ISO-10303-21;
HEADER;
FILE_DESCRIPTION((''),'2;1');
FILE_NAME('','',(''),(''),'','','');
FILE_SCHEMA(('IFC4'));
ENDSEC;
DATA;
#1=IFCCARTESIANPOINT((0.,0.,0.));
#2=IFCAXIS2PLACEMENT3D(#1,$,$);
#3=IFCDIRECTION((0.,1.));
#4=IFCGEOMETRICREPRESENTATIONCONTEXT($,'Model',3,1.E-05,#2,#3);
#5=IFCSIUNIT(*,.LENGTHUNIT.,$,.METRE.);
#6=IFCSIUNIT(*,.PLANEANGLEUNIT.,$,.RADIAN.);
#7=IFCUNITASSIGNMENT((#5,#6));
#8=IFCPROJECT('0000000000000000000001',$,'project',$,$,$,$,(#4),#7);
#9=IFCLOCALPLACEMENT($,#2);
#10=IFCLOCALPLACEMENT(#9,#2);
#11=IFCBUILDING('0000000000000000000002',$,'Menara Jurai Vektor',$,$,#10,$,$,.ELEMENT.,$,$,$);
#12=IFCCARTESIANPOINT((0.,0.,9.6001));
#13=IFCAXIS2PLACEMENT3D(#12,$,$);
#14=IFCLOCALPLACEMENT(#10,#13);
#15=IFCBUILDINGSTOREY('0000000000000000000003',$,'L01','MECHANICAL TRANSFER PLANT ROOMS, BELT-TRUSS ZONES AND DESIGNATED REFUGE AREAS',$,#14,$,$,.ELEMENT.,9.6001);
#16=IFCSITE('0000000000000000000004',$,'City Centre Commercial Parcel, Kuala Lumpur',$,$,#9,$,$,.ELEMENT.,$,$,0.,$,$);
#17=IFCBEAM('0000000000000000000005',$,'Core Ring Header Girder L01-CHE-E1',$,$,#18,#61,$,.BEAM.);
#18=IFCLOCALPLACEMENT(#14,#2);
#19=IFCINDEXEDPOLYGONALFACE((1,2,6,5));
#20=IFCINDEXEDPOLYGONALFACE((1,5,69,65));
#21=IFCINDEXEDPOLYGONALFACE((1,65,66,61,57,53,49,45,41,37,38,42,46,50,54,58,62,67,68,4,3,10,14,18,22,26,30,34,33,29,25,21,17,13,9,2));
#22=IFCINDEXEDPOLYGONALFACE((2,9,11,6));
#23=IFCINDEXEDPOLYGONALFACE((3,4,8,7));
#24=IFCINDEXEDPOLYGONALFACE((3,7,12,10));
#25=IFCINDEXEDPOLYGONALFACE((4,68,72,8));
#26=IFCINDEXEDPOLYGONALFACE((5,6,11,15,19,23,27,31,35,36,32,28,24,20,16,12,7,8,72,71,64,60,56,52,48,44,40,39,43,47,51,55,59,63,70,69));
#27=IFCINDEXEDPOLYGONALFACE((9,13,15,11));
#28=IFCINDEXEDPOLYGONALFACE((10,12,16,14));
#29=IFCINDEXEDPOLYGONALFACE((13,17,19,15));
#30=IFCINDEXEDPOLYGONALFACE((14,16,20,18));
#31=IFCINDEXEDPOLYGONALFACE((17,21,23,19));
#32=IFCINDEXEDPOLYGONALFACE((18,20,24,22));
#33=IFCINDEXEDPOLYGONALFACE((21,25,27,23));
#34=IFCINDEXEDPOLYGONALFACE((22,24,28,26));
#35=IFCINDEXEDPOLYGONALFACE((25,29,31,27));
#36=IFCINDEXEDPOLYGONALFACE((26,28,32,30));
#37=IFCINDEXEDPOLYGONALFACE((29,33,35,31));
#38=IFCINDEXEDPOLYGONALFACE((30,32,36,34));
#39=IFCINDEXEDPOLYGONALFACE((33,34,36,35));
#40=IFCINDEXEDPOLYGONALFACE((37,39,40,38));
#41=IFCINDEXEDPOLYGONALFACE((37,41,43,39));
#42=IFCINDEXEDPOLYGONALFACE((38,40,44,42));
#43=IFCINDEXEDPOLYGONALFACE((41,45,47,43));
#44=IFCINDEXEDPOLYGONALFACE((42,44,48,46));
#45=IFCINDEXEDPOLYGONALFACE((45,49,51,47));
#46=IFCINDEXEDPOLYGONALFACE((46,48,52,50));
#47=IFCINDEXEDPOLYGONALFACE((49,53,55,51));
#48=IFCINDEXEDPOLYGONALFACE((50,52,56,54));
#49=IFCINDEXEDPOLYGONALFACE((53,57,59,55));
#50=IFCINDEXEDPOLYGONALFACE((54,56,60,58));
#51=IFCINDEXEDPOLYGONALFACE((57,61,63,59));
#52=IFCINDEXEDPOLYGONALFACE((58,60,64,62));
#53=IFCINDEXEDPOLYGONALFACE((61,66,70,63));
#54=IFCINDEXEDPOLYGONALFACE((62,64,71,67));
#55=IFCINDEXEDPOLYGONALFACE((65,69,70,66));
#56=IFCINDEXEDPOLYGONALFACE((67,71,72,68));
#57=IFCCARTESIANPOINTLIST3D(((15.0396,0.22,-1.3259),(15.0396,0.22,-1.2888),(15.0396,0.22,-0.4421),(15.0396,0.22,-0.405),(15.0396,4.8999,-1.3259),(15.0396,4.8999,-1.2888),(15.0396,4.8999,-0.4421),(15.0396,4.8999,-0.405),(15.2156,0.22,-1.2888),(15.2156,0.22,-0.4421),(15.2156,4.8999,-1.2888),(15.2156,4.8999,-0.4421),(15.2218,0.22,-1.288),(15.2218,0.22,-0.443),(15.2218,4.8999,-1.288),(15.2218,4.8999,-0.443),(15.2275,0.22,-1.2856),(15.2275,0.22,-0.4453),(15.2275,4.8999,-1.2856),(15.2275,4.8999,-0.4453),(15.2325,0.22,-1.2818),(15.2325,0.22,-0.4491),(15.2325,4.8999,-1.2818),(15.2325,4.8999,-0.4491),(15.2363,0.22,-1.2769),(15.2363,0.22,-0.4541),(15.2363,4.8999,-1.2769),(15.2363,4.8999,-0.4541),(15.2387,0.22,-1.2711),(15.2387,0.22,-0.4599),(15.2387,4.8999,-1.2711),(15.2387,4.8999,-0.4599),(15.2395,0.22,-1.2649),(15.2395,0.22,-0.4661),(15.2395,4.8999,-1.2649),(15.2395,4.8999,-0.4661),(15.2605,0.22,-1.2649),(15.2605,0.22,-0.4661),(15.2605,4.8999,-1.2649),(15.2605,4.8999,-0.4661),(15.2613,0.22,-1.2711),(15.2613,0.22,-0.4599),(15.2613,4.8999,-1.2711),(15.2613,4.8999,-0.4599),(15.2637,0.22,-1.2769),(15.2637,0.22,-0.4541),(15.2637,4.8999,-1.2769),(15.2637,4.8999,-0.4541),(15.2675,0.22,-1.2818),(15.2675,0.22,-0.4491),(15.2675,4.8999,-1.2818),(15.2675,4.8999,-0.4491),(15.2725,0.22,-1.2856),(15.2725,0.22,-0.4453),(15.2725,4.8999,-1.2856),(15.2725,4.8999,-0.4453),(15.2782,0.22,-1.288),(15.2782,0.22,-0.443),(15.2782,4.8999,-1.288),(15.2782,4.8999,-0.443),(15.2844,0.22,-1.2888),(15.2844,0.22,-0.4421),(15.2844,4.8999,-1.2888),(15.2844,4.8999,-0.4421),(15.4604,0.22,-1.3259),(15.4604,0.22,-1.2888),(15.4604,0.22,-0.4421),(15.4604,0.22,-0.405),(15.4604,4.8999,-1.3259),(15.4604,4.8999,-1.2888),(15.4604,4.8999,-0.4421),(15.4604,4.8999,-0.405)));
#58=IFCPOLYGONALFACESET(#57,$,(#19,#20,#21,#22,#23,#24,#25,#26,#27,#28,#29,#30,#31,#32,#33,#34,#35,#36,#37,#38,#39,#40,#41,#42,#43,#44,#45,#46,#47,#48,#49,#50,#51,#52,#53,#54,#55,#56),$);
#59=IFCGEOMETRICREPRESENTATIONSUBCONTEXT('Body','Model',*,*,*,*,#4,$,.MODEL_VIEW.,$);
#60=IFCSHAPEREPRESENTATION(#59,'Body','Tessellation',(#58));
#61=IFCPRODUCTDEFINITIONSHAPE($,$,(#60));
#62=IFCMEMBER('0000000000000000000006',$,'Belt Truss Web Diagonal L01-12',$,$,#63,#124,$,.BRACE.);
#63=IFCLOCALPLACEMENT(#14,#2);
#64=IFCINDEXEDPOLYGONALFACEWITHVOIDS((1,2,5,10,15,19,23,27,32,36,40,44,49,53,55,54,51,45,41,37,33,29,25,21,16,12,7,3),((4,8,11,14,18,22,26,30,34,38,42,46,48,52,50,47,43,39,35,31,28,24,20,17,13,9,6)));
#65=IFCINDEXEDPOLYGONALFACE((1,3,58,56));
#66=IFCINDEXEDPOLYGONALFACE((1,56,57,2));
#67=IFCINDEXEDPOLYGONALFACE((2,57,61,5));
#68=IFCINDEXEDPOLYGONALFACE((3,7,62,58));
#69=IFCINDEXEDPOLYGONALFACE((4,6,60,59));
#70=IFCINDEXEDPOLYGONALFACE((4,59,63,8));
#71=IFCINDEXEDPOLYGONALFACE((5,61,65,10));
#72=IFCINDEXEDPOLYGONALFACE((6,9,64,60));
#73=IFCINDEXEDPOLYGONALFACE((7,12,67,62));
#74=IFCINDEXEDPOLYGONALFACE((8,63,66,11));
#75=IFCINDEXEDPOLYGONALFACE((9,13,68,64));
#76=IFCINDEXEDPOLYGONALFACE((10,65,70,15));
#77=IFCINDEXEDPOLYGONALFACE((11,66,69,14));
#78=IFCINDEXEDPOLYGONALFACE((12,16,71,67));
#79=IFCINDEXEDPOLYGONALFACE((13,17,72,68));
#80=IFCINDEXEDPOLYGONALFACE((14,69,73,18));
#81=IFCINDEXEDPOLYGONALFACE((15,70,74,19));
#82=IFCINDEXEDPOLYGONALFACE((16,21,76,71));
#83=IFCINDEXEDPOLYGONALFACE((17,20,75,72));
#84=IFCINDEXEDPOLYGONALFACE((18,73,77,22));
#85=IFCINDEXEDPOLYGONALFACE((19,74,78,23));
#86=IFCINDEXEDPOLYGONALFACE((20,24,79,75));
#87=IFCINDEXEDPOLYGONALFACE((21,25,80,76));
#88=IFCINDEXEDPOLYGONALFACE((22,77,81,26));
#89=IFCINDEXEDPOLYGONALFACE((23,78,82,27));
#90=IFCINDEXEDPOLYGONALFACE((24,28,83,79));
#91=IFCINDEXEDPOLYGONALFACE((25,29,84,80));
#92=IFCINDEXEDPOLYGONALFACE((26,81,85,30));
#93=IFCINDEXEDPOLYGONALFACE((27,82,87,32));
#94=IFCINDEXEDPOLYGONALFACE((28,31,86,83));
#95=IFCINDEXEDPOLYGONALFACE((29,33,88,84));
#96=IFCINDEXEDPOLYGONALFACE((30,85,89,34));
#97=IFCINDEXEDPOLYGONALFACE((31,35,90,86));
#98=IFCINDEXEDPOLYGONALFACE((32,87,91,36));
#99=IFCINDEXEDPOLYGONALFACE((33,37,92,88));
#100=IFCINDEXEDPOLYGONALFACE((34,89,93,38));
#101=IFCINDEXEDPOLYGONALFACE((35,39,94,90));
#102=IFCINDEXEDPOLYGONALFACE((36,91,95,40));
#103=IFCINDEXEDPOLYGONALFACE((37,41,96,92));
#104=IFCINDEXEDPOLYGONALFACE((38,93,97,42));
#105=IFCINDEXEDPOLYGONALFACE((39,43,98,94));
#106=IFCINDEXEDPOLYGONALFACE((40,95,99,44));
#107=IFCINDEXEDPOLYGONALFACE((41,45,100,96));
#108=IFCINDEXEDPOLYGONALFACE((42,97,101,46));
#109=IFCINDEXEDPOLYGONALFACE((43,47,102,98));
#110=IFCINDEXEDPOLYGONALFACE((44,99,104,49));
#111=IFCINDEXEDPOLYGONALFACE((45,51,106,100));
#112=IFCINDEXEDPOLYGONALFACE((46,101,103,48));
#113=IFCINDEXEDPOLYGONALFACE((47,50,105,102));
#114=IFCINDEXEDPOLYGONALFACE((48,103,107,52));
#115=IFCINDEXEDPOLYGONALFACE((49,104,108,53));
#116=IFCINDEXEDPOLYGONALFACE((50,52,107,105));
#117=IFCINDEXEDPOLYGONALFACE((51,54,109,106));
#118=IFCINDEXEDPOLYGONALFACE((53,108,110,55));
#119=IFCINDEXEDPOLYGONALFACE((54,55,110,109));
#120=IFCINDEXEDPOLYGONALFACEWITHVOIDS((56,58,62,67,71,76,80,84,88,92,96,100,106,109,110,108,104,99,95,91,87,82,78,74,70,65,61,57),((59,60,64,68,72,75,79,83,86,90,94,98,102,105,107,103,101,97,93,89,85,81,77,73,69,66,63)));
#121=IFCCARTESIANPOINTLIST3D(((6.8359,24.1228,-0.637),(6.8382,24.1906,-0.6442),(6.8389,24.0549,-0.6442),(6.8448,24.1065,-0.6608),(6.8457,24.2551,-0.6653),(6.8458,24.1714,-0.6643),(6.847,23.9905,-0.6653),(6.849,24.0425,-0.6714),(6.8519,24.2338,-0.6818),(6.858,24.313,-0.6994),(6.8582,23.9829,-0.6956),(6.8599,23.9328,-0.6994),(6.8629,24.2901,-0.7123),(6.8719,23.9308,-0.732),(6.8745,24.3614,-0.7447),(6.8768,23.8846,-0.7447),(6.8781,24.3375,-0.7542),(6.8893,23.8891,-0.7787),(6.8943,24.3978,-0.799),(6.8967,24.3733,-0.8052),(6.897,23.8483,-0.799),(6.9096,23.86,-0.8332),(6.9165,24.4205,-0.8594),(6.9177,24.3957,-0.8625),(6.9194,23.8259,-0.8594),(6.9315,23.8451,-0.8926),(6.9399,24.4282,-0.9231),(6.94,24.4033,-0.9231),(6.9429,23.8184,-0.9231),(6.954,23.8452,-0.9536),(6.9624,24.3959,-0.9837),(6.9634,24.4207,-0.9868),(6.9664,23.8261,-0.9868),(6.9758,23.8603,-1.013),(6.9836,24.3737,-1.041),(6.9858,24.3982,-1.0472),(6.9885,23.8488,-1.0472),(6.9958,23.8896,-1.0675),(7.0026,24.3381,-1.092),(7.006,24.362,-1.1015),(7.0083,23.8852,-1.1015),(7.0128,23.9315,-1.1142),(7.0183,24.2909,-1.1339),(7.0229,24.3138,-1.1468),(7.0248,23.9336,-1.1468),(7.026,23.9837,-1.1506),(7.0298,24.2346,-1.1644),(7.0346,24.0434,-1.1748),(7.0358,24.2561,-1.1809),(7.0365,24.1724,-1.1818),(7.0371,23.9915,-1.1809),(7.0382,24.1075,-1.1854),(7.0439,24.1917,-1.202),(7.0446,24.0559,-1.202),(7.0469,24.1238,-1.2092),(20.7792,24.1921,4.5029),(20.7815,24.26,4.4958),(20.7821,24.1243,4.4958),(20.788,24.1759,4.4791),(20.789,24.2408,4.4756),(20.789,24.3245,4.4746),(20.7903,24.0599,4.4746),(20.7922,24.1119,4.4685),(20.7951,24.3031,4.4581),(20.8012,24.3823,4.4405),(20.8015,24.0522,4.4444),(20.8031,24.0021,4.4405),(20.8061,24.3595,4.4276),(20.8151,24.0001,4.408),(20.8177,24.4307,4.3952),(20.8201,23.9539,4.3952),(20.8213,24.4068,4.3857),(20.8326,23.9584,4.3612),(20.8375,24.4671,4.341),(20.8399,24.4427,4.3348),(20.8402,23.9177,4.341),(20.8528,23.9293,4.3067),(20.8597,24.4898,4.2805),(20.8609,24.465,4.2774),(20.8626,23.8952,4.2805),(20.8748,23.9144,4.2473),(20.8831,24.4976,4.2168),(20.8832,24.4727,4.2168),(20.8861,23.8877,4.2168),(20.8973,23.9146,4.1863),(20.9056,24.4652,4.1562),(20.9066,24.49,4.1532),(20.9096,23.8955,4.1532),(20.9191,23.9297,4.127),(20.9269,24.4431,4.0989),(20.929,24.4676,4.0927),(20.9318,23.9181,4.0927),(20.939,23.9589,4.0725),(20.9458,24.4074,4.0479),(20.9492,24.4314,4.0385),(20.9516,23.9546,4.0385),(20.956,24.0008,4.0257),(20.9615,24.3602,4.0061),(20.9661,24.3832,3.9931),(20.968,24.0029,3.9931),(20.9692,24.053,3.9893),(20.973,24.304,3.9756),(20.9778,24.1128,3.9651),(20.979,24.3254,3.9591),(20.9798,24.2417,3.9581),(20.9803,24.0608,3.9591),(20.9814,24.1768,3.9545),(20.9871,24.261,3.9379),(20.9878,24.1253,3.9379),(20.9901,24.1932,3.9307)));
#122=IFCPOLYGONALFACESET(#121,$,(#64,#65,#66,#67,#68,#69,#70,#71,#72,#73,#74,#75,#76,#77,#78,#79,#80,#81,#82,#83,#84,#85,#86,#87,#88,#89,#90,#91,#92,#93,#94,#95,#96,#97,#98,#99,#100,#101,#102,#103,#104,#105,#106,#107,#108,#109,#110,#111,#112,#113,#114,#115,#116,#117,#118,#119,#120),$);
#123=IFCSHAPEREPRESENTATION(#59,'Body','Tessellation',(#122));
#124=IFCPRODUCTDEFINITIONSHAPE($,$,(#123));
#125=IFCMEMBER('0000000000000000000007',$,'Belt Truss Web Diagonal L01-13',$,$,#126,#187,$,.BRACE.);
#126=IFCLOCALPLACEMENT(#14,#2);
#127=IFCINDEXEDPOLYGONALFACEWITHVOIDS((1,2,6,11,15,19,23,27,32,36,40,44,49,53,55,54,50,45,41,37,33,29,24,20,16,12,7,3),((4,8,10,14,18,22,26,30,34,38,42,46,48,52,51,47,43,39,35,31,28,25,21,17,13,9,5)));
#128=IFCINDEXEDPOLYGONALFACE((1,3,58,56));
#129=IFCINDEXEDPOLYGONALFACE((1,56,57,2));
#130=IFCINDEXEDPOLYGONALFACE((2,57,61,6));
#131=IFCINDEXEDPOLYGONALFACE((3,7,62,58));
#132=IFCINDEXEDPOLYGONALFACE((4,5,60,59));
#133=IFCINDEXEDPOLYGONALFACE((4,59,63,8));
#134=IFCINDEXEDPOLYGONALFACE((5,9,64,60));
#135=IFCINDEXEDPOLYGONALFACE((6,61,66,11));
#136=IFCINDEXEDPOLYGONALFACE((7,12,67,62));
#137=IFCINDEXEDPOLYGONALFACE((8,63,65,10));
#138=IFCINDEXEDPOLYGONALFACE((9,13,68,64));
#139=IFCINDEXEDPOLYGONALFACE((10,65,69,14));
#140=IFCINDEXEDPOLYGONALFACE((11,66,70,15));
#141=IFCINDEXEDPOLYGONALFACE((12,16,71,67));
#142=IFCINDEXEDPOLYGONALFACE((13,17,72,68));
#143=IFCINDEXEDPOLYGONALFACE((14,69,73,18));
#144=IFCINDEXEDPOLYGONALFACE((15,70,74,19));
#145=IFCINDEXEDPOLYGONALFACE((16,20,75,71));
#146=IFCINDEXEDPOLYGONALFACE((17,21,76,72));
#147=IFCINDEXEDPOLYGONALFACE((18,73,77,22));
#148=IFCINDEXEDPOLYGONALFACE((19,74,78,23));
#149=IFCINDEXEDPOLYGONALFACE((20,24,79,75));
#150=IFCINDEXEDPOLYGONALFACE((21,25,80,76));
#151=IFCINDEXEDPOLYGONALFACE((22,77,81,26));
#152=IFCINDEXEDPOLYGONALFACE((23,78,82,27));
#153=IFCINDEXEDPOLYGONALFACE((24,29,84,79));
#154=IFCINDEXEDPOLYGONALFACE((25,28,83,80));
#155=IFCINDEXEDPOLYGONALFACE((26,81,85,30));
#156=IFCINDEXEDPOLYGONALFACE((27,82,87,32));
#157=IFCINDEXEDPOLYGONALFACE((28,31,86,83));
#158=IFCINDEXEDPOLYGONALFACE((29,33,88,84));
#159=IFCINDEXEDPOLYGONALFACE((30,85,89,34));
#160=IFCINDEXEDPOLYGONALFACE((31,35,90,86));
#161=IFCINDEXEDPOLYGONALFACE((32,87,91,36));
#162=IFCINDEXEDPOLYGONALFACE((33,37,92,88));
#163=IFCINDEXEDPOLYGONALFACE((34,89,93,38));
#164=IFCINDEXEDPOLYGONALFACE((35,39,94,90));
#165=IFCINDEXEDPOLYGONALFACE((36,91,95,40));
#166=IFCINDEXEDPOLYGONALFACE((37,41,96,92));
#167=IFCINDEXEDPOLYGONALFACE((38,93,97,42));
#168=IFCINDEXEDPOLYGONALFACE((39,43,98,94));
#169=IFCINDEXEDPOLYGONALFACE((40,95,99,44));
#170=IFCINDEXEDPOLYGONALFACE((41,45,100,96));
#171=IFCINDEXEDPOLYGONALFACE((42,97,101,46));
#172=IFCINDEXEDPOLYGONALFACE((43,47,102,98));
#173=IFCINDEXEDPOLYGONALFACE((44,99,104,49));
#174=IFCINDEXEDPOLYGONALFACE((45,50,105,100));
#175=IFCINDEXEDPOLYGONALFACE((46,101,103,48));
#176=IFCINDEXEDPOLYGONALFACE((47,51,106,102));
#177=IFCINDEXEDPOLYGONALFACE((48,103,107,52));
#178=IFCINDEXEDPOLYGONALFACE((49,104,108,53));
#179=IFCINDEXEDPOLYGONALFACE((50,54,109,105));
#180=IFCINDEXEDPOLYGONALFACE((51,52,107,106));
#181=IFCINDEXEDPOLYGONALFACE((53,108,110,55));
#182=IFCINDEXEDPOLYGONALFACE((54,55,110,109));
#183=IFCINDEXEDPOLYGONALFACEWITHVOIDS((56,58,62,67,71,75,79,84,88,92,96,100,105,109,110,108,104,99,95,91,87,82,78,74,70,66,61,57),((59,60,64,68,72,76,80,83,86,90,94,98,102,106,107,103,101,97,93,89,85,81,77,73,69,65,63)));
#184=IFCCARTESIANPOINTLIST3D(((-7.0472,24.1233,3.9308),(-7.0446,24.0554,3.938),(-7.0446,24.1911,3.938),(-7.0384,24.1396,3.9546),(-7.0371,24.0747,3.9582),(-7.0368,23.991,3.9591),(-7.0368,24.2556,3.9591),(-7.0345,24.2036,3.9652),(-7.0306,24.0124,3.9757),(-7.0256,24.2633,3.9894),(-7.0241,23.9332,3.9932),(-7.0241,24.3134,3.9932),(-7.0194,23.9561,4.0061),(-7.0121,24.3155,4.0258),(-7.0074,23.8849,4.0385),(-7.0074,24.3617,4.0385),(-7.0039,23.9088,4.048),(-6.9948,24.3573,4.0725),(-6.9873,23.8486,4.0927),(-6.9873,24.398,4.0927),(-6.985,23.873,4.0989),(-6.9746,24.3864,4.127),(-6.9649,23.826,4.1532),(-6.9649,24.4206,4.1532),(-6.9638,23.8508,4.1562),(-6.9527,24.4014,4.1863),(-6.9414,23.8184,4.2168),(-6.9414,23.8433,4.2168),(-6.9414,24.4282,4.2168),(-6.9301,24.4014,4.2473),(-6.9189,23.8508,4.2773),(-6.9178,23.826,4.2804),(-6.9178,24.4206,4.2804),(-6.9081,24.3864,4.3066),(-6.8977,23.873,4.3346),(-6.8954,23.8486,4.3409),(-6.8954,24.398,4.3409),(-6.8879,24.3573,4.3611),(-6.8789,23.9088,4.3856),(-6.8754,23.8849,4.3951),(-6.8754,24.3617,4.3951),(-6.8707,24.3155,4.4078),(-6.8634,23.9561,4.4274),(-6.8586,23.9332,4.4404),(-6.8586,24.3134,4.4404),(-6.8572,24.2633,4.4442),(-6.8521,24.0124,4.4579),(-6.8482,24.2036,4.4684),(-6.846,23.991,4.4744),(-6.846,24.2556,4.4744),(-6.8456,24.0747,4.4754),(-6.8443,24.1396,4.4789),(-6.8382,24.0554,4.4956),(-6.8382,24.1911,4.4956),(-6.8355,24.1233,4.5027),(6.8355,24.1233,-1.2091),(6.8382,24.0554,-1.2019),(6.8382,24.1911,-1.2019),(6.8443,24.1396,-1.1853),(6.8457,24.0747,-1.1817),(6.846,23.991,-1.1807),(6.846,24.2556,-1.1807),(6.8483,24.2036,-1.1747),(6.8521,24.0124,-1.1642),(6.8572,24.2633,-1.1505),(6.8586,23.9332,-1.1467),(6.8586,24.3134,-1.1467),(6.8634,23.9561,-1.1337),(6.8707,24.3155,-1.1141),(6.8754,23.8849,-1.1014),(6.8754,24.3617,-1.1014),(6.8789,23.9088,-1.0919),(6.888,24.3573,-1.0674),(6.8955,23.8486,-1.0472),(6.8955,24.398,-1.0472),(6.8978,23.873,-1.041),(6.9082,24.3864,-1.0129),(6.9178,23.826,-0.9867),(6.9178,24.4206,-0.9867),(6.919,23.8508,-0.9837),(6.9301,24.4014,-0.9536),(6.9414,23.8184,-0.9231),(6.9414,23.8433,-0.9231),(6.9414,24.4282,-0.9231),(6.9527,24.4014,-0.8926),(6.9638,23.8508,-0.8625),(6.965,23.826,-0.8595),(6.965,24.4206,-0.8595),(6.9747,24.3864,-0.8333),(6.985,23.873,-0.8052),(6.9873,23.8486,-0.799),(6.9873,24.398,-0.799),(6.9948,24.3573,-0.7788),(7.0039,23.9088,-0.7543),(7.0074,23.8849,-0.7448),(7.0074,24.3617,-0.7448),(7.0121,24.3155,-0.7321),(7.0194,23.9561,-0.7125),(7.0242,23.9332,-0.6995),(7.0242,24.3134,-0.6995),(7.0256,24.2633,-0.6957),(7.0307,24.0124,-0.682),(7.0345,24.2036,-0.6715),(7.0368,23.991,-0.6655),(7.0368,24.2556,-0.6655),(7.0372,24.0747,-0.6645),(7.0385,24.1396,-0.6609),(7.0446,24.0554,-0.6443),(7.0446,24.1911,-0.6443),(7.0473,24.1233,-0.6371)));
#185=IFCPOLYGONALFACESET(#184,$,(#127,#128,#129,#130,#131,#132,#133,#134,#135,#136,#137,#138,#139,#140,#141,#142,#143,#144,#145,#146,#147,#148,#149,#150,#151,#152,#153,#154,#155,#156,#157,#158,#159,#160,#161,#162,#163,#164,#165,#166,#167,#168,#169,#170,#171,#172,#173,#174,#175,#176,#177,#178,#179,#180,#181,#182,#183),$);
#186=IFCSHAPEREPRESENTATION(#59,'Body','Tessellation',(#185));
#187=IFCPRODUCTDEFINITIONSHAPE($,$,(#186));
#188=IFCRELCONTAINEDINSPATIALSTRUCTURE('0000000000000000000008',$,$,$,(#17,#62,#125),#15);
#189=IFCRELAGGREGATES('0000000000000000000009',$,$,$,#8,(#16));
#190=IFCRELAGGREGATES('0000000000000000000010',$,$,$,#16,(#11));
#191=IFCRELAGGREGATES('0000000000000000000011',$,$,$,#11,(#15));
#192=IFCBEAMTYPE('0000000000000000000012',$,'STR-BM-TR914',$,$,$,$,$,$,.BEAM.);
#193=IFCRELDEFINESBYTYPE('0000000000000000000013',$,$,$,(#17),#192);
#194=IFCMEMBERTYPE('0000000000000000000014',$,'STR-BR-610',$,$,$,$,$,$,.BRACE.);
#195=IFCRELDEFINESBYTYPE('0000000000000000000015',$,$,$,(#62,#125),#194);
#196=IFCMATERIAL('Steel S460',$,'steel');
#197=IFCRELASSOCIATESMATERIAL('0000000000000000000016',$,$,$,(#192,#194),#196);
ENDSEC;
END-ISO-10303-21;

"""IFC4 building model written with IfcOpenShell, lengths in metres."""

from ifc_helpers import new_model, si_unit, direction, frame, origin, origin_2d, place, context, subcontext, project, spatial, hollow_circle, i_section, extrude, material, material_profile, profile_set, type_object, element, save


model = new_model("IFC4")

# Units and contexts
model_context = context("Model", 3, precision=1e-05, world=origin(), true_north=direction((0.0, 1.0)))
body_context = subcontext(model_context, "Body", "Model", "MODEL_VIEW")
ifc_project = project(units=[si_unit("LENGTHUNIT", "METRE"), si_unit("PLANEANGLEUNIT", "RADIAN")], contexts=[model_context])

# Site, building, storey
site_placement = place(None, origin())
site = spatial("IfcSite", under=ifc_project, at=site_placement, Name="City Centre Commercial Parcel, Kuala Lumpur", CompositionType="ELEMENT", RefElevation=0.0)
building_placement = place(site_placement, origin())
building = spatial("IfcBuilding", under=site, at=building_placement, Name="Menara Jurai Vektor", CompositionType="ELEMENT")
storey_placement = place(building_placement, frame((0.0, 0.0, 9.6001)))
storey = spatial("IfcBuildingStorey", under=building, at=storey_placement, Name="L01", Description="MECHANICAL TRANSFER PLANT ROOMS, BELT-TRUSS ZONES AND DESIGNATED REFUGE AREAS", CompositionType="ELEMENT", Elevation=9.6001)

# Shared definitions
ifc_material_1 = material(Name="Steel S460", Category="steel")

# Beam
ifc_material_profile_1 = material_profile(ifc_material_1, i_section(OverallWidth=0.4209, OverallDepth=0.9209, WebThickness=0.021, FlangeThickness=0.0371, FilletRadius=0.0239, at=origin_2d()), Name="UKB 914x419x388")
ifc_profile_set_1 = profile_set([ifc_material_profile_1], Name="Steel S460")
beam_type_1 = type_object("IfcBeamType", Name="STR-BM-TR914", PredefinedType="BEAM", material=ifc_profile_set_1)
beam_1_placement = place(storey_placement, frame((15.25, 0.22, -0.8655), z_axis=(0.0, 1.0, 0.0), x_axis=(-1.0, 0.0, 0.0)))
element("IfcBeam", 1, at=beam_1_placement, inside=storey, type_object=beam_type_1, Name="Core Ring Header Girder L01-CHE-E1", PredefinedType="BEAM", context=body_context, shape_type="SweptSolid", body=[
    extrude(i_section(OverallWidth=0.4209, OverallDepth=0.9209, WebThickness=0.021, FlangeThickness=0.0371, FilletRadius=0.0239, at=origin_2d()), origin(), (0.0, 0.0, 1.0), 4.6799),
])

# Members
ifc_material_profile_2 = material_profile(ifc_material_1, hollow_circle(Radius=0.3049, WallThickness=0.0249, at=origin_2d()), Name="CHS 610x25")
ifc_profile_set_2 = profile_set([ifc_material_profile_2], Name="Steel S460")
member_type_1 = type_object("IfcMemberType", Name="STR-BR-610", PredefinedType="BRACE", material=ifc_profile_set_2)
member_1_placement = place(storey_placement, frame((6.9414, 24.1233, -0.9231), z_axis=(0.938268, 0.004666, 0.345877), x_axis=(-0.004973, 0.999988, 0.0)))
element("IfcMember", 2, at=member_1_placement, inside=storey, type_object=member_type_1, Name="Belt Truss Web Diagonal L01-12", PredefinedType="BRACE", context=body_context, shape_type="SweptSolid", body=[
    extrude(hollow_circle(Radius=0.3049, WallThickness=0.0249, at=origin_2d()), origin(), (0.0, 0.0, 1.0), 14.8606),
])
member_2_placement = place(storey_placement, frame((6.9414, 24.1233, -0.9231), z_axis=(-0.93779, 0.0, 0.347202), x_axis=(0.0, -1.0, 0.0)))
element("IfcMember", 3, at=member_2_placement, inside=storey, type_object=member_type_1, Name="Belt Truss Web Diagonal L01-13", PredefinedType="BRACE", context=body_context, shape_type="SweptSolid", body=[
    extrude(hollow_circle(Radius=0.3049, WallThickness=0.0249, at=origin_2d()), origin(), (0.0, 0.0, 1.0), 14.8037),
])

save(model, "model.ifc")
